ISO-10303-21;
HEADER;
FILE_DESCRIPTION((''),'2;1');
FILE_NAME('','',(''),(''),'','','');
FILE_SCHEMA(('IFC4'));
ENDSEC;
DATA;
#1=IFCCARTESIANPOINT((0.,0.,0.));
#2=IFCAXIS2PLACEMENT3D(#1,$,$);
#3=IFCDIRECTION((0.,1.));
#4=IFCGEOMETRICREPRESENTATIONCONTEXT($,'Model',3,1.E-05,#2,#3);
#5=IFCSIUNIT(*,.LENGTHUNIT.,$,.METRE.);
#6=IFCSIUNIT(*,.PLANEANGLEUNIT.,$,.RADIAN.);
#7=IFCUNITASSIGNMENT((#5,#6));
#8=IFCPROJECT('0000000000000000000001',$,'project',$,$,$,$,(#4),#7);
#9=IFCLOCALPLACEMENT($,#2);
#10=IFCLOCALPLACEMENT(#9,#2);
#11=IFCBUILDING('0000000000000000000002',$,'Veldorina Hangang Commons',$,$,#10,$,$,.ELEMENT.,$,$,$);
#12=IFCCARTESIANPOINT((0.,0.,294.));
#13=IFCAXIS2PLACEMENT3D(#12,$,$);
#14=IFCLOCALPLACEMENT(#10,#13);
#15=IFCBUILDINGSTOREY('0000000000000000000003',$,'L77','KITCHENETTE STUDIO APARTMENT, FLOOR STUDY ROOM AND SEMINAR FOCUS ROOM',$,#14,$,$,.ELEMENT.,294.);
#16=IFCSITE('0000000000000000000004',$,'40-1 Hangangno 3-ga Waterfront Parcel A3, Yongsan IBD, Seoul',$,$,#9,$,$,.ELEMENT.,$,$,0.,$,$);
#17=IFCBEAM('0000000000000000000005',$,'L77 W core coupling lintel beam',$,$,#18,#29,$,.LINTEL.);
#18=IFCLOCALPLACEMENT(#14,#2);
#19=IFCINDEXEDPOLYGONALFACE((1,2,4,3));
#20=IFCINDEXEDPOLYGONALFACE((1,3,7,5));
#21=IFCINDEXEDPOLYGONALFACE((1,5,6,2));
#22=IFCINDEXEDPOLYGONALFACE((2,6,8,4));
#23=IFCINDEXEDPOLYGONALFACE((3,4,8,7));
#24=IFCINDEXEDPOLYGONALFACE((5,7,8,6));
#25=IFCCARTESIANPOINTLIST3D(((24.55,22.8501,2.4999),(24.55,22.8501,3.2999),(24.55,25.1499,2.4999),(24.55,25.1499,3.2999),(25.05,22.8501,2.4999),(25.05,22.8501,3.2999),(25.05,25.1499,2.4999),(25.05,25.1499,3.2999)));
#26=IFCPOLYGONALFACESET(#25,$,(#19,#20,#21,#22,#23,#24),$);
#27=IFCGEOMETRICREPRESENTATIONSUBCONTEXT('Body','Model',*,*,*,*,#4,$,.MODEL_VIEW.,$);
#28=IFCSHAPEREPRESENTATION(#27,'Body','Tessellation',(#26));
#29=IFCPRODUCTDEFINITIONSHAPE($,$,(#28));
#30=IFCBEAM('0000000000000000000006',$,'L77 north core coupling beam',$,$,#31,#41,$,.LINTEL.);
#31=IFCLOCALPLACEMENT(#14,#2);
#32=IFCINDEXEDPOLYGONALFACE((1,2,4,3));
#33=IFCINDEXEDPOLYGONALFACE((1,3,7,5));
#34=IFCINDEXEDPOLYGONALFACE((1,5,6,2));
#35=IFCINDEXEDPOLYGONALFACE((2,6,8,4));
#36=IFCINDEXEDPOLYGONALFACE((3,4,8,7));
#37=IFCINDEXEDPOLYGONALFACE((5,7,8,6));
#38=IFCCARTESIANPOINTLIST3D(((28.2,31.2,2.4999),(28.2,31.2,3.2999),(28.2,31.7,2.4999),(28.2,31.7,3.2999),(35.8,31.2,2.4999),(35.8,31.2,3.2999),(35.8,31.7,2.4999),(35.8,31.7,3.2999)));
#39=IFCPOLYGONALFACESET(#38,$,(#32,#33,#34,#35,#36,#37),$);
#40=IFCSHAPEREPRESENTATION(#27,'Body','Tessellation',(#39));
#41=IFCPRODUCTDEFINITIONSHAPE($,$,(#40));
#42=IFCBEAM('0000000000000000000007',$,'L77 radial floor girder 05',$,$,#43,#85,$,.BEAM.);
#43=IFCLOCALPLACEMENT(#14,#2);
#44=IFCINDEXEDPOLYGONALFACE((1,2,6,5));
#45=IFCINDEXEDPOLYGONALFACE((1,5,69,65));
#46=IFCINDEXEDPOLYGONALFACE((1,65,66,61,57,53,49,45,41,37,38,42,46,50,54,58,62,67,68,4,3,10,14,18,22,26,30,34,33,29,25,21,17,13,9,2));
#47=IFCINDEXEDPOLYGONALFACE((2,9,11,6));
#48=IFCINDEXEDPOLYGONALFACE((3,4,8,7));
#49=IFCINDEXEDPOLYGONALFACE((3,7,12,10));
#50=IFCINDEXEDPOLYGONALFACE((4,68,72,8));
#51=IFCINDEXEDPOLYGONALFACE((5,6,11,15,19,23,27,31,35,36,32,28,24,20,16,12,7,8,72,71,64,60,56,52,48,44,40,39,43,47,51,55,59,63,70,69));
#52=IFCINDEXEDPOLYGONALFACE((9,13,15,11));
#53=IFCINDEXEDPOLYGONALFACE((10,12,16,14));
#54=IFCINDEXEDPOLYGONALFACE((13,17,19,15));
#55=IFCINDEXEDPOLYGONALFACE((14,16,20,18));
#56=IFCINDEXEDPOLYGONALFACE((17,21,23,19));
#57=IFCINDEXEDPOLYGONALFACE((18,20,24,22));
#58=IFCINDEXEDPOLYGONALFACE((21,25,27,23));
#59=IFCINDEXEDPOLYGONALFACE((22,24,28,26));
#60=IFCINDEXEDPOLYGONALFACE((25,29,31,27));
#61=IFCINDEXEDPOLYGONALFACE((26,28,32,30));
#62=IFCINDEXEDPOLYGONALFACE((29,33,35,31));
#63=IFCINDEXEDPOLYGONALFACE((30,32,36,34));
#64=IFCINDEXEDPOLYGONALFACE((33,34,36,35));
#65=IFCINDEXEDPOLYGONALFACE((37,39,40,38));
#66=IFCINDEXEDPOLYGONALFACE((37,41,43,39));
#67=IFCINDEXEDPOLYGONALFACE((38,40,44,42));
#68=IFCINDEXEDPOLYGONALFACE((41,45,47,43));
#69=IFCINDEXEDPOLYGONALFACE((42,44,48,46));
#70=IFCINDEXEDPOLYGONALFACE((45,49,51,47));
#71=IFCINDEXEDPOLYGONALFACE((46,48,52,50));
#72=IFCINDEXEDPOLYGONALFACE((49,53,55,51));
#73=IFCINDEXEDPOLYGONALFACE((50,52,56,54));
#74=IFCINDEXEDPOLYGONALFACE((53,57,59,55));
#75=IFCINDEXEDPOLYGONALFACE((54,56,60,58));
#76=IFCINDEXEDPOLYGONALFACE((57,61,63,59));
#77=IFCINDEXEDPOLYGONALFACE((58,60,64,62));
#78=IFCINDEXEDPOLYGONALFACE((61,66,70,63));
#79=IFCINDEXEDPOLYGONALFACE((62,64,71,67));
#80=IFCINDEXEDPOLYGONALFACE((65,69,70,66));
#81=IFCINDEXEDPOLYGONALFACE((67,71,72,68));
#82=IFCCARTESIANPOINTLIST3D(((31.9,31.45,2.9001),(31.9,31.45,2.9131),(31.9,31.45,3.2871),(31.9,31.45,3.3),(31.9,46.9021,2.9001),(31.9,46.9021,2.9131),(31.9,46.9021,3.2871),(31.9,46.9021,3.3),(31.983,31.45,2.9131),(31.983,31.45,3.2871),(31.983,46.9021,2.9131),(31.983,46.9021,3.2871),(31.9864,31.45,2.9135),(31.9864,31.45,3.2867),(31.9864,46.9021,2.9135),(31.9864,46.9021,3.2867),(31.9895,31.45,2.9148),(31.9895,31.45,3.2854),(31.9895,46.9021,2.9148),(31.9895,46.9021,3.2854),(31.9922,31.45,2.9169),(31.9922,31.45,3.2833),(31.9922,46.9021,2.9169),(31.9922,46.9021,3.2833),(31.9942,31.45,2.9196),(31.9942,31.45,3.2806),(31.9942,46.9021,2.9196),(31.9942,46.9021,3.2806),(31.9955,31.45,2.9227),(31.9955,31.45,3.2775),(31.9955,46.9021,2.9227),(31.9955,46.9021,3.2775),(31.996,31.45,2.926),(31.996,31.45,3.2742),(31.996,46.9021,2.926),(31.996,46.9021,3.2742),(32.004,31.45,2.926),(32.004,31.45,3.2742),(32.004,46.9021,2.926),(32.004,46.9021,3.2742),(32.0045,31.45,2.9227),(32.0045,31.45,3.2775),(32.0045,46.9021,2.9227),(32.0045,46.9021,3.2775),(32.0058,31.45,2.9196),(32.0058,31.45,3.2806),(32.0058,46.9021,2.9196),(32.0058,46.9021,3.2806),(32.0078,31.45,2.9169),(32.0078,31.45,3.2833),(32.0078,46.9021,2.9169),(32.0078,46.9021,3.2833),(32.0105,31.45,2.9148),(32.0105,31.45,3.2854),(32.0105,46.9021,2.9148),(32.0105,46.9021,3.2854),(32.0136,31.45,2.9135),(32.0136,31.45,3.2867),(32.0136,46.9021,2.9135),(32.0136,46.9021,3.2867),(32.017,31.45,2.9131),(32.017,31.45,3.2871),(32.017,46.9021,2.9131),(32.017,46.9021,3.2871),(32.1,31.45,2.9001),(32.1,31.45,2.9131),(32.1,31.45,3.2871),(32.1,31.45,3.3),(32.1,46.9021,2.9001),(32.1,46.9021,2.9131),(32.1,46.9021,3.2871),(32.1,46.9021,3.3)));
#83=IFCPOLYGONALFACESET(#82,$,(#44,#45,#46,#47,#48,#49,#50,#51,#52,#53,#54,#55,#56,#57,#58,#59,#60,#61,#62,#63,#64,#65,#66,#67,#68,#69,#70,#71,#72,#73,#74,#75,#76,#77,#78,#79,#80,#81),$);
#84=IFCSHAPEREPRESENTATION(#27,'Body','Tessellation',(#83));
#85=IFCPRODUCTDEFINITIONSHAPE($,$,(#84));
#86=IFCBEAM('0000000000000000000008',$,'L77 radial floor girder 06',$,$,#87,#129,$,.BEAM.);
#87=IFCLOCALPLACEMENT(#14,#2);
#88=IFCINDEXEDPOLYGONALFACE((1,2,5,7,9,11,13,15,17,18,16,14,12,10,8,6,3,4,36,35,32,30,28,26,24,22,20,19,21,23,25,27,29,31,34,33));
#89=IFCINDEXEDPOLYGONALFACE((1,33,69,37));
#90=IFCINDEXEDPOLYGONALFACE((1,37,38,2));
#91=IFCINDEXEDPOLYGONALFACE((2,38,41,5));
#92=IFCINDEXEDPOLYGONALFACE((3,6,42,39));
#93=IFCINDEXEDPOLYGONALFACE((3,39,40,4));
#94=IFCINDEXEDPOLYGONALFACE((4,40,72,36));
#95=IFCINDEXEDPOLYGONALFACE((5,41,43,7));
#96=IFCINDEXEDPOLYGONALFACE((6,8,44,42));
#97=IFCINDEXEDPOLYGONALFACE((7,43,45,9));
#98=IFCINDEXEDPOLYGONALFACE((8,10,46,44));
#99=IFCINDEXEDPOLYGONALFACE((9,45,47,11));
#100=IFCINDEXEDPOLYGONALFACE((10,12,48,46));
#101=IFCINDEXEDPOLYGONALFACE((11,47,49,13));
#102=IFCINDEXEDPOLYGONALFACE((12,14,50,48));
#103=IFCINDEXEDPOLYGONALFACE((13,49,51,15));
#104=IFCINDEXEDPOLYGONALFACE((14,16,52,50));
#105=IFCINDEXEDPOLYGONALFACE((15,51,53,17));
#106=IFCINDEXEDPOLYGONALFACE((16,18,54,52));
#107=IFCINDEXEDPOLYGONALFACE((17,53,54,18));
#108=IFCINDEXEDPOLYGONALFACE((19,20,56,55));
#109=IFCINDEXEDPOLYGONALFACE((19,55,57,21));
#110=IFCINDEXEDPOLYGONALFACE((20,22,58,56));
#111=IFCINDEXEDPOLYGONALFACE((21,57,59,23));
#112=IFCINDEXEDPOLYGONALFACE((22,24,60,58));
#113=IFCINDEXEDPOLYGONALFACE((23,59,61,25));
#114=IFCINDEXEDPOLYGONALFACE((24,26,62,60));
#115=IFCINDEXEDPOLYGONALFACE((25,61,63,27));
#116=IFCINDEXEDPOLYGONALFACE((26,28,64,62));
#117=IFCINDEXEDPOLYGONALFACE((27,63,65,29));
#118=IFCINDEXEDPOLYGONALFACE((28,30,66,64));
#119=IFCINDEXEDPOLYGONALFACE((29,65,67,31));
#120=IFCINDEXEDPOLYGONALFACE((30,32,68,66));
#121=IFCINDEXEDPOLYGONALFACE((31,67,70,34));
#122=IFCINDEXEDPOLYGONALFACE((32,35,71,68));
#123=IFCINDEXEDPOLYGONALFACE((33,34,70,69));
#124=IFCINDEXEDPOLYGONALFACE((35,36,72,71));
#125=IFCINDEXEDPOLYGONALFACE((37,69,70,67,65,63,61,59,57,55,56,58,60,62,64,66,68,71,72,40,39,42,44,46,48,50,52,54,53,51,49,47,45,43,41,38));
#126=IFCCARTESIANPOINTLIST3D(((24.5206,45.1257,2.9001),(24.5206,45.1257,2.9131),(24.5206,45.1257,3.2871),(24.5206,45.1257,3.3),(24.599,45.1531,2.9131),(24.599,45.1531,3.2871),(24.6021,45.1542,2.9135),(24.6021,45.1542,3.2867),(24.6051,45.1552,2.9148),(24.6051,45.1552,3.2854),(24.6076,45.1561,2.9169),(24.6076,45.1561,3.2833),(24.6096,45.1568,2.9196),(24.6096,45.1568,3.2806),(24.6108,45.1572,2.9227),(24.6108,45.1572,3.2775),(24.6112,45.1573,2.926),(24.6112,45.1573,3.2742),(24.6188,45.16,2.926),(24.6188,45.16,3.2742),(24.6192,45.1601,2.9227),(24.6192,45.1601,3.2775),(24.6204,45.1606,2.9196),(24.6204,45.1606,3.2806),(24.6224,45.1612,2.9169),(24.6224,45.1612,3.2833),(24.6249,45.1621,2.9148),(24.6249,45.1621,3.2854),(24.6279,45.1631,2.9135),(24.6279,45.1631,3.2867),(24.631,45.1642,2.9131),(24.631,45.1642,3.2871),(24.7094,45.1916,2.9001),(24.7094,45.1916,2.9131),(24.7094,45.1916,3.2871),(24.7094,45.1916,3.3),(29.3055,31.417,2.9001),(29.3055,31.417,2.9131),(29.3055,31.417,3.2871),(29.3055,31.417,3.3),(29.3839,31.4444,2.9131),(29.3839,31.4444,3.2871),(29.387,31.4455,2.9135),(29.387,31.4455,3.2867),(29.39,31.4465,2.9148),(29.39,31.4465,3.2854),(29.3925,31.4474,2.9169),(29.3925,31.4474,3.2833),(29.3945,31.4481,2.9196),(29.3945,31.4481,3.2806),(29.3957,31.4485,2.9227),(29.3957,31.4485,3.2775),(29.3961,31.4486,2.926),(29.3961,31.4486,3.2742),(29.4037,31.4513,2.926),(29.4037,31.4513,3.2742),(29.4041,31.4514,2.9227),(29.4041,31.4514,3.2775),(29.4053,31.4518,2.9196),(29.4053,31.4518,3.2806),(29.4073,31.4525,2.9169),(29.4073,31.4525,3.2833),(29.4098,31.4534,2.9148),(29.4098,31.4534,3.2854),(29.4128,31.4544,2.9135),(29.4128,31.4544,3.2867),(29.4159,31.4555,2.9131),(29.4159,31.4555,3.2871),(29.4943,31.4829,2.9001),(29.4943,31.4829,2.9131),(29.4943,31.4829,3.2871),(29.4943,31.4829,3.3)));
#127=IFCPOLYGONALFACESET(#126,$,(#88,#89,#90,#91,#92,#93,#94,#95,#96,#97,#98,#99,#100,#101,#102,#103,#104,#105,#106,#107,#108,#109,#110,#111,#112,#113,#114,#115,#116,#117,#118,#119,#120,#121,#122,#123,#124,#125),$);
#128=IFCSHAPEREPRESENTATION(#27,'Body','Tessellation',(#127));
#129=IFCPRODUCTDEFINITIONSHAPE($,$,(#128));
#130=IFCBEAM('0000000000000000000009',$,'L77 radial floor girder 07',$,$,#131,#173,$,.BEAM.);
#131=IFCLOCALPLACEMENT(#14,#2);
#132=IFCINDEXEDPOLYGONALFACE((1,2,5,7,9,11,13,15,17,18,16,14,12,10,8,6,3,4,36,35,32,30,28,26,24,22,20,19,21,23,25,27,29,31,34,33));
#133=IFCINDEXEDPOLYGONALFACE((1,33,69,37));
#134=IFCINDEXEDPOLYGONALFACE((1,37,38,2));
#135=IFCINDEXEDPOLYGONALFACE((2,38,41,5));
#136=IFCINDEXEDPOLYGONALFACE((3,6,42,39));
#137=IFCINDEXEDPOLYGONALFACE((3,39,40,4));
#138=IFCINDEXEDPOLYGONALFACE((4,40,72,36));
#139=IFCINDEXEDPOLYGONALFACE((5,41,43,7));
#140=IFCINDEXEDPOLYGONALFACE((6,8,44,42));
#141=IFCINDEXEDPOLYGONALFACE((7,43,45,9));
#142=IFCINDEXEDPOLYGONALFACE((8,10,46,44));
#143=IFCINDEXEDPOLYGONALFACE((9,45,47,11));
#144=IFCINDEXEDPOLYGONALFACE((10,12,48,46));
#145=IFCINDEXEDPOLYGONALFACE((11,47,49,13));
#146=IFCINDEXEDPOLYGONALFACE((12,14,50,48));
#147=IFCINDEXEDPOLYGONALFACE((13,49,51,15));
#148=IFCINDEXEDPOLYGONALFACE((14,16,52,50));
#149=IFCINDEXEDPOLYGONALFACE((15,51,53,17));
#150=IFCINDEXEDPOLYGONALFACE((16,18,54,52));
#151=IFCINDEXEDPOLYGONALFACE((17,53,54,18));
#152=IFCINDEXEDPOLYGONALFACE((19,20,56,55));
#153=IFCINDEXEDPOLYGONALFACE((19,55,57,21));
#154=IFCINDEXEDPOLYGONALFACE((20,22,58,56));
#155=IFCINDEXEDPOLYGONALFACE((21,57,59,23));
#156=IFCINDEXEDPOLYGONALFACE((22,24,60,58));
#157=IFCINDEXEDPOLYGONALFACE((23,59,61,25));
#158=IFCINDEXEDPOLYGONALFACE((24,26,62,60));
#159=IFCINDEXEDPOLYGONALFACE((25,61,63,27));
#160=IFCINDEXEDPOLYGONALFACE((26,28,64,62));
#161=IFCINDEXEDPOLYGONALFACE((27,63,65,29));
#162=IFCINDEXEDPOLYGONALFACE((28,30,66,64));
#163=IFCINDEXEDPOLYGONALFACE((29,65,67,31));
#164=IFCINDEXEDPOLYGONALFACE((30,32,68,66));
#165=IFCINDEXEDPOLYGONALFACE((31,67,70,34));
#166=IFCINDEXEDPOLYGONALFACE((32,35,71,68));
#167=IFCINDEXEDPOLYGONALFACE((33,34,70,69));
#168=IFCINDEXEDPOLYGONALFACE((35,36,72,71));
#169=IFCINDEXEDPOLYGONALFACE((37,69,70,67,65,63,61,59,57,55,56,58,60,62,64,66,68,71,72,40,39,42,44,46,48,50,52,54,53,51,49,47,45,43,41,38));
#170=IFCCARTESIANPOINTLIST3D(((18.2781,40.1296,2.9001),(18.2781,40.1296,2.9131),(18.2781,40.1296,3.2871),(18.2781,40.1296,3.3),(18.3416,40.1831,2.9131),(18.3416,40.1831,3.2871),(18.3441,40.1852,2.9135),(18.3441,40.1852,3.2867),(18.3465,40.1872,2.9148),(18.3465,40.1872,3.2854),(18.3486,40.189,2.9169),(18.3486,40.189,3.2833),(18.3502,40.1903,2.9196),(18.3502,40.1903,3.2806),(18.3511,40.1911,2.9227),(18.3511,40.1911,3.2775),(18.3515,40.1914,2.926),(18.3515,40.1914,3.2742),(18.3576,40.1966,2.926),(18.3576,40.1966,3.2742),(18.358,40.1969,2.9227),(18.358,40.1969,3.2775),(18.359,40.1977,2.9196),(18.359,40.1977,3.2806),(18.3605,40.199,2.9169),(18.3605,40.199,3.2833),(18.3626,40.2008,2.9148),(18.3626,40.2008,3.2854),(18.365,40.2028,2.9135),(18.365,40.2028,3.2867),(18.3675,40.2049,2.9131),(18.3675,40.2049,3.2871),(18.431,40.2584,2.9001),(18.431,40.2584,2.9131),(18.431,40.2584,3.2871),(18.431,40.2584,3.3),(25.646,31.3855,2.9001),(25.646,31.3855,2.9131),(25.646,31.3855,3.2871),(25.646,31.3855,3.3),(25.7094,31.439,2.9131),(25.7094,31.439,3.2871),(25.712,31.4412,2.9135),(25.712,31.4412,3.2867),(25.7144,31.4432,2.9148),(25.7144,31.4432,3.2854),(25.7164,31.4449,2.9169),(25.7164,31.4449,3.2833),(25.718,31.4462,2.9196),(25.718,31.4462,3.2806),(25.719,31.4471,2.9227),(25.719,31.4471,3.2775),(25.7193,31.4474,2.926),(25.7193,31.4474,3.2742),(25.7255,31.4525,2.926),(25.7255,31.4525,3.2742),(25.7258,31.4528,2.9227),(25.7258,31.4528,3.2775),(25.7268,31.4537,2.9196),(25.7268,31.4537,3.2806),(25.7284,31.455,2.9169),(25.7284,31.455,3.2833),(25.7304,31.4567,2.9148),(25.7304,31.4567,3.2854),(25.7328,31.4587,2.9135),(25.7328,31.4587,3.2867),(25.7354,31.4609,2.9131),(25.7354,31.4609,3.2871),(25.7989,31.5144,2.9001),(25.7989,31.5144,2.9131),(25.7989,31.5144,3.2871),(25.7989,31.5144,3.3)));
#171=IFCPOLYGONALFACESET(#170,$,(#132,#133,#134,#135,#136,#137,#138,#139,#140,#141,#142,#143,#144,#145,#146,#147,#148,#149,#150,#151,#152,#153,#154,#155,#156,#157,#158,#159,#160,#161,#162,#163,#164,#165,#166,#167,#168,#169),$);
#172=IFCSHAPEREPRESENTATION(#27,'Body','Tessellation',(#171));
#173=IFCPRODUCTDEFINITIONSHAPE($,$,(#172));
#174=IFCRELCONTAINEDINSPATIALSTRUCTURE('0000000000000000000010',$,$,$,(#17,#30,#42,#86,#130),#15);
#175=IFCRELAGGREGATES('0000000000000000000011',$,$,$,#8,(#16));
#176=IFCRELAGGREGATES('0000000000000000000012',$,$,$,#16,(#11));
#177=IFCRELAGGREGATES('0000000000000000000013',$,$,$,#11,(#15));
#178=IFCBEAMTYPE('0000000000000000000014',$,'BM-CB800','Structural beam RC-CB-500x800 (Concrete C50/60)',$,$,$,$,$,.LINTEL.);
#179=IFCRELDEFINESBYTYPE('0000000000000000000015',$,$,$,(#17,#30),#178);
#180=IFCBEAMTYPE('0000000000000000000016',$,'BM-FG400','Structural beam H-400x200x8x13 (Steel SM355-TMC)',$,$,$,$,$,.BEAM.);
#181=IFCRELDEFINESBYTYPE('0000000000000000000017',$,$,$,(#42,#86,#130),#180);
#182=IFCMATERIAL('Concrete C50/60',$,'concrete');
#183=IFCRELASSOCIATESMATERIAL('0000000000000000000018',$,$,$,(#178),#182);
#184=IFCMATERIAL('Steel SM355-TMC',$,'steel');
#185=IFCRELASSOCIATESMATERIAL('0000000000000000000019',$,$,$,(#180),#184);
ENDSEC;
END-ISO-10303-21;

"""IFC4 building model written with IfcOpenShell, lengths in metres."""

from ifc_helpers import new_model, si_unit, direction, frame, origin, origin_2d, place, context, subcontext, project, spatial, rectangle, i_section, extrude, material, material_profile, profile_set, type_object, element, save


model = new_model("IFC4")

# Units and contexts
model_context = context("Model", 3, precision=1e-05, world=origin(), true_north=direction((0.0, 1.0)))
body_context = subcontext(model_context, "Body", "Model", "MODEL_VIEW")
ifc_project = project(units=[si_unit("LENGTHUNIT", "METRE"), si_unit("PLANEANGLEUNIT", "RADIAN")], contexts=[model_context])

# Site, building, storey
site_placement = place(None, origin())
site = spatial("IfcSite", under=ifc_project, at=site_placement, Name="40-1 Hangangno 3-ga Waterfront Parcel A3, Yongsan IBD, Seoul", CompositionType="ELEMENT", RefElevation=0.0)
building_placement = place(site_placement, origin())
building = spatial("IfcBuilding", under=site, at=building_placement, Name="Veldorina Hangang Commons", CompositionType="ELEMENT")
storey_placement = place(building_placement, frame((0.0, 0.0, 294.0)))
storey = spatial("IfcBuildingStorey", under=building, at=storey_placement, Name="L77", Description="KITCHENETTE STUDIO APARTMENT, FLOOR STUDY ROOM AND SEMINAR FOCUS ROOM", CompositionType="ELEMENT", Elevation=294.0)

# Beams
ifc_material_1 = material(Name="Concrete C50/60", Category="concrete")
ifc_material_profile_1 = material_profile(ifc_material_1, rectangle(XDim=0.5, YDim=0.8, at=origin_2d()), Name="RC-CB-500x800")
ifc_profile_set_1 = profile_set([ifc_material_profile_1], Name="Concrete C50/60")
beam_type_1 = type_object("IfcBeamType", Name="BM-CB800", Description="Structural beam RC-CB-500x800 (Concrete C50/60)", PredefinedType="LINTEL", material=ifc_profile_set_1)
beam_1_placement = place(storey_placement, frame((24.8, 22.8501, 2.8999), z_axis=(0.0, 1.0, 0.0), x_axis=(-1.0, 0.0, 0.0)))
element("IfcBeam", 1, at=beam_1_placement, inside=storey, type_object=beam_type_1, Name="L77 W core coupling lintel beam", PredefinedType="LINTEL", context=body_context, shape_type="SweptSolid", body=[
    extrude(rectangle(XDim=0.5, YDim=0.8, at=origin_2d()), origin(), (0.0, 0.0, 1.0), 2.2998),
])
beam_2_placement = place(storey_placement, frame((28.2, 31.45, 2.8999), z_axis=(1.0, 0.0, 0.0), x_axis=(0.0, 1.0, 0.0)))
element("IfcBeam", 2, at=beam_2_placement, inside=storey, type_object=beam_type_1, Name="L77 north core coupling beam", PredefinedType="LINTEL", context=body_context, shape_type="SweptSolid", body=[
    extrude(rectangle(XDim=0.5, YDim=0.8, at=origin_2d()), origin(), (0.0, 0.0, 1.0), 7.6001),
])
ifc_material_2 = material(Name="Steel SM355-TMC", Category="steel")
ifc_material_profile_2 = material_profile(ifc_material_2, i_section(OverallWidth=0.2, OverallDepth=0.3999, WebThickness=0.0081, FlangeThickness=0.0129, FilletRadius=0.0129, at=origin_2d()), Name="H-400x200x8x13")
ifc_profile_set_2 = profile_set([ifc_material_profile_2], Name="Steel SM355-TMC")
beam_type_2 = type_object("IfcBeamType", Name="BM-FG400", Description="Structural beam H-400x200x8x13 (Steel SM355-TMC)", PredefinedType="BEAM", material=ifc_profile_set_2)
beam_3_placement = place(storey_placement, frame((32.0, 31.45, 3.1001), z_axis=(0.0, 1.0, 0.0), x_axis=(-1.0, 0.0, 0.0)))
element("IfcBeam", 3, at=beam_3_placement, inside=storey, type_object=beam_type_2, Name="L77 radial floor girder 05", PredefinedType="BEAM", context=body_context, shape_type="SweptSolid", body=[
    extrude(i_section(OverallWidth=0.2, OverallDepth=0.3999, WebThickness=0.0081, FlangeThickness=0.0129, FilletRadius=0.0129, at=origin_2d()), origin(), (0.0, 0.0, 1.0), 15.4521),
])
beam_4_placement = place(storey_placement, frame((29.3999, 31.45, 3.1001), z_axis=(-0.329544, 0.94414, 0.0), x_axis=(-0.94414, -0.329544, 0.0)))
element("IfcBeam", 4, at=beam_4_placement, inside=storey, type_object=beam_type_2, Name="L77 radial floor girder 06", PredefinedType="BEAM", context=body_context, shape_type="SweptSolid", body=[
    extrude(i_section(OverallWidth=0.2, OverallDepth=0.3999, WebThickness=0.0081, FlangeThickness=0.0129, FilletRadius=0.0129, at=origin_2d()), origin(), (0.0, 0.0, 1.0), 14.5198),
])
beam_5_placement = place(storey_placement, frame((25.7224, 31.45, 3.1001), z_axis=(-0.644363, 0.76472, 0.0), x_axis=(-0.76472, -0.644363, 0.0)))
element("IfcBeam", 5, at=beam_5_placement, inside=storey, type_object=beam_type_2, Name="L77 radial floor girder 07", PredefinedType="BEAM", context=body_context, shape_type="SweptSolid", body=[
    extrude(i_section(OverallWidth=0.2, OverallDepth=0.3999, WebThickness=0.0081, FlangeThickness=0.0129, FilletRadius=0.0129, at=origin_2d()), origin(), (0.0, 0.0, 1.0), 11.4343),
])

save(model, "model.ifc")
